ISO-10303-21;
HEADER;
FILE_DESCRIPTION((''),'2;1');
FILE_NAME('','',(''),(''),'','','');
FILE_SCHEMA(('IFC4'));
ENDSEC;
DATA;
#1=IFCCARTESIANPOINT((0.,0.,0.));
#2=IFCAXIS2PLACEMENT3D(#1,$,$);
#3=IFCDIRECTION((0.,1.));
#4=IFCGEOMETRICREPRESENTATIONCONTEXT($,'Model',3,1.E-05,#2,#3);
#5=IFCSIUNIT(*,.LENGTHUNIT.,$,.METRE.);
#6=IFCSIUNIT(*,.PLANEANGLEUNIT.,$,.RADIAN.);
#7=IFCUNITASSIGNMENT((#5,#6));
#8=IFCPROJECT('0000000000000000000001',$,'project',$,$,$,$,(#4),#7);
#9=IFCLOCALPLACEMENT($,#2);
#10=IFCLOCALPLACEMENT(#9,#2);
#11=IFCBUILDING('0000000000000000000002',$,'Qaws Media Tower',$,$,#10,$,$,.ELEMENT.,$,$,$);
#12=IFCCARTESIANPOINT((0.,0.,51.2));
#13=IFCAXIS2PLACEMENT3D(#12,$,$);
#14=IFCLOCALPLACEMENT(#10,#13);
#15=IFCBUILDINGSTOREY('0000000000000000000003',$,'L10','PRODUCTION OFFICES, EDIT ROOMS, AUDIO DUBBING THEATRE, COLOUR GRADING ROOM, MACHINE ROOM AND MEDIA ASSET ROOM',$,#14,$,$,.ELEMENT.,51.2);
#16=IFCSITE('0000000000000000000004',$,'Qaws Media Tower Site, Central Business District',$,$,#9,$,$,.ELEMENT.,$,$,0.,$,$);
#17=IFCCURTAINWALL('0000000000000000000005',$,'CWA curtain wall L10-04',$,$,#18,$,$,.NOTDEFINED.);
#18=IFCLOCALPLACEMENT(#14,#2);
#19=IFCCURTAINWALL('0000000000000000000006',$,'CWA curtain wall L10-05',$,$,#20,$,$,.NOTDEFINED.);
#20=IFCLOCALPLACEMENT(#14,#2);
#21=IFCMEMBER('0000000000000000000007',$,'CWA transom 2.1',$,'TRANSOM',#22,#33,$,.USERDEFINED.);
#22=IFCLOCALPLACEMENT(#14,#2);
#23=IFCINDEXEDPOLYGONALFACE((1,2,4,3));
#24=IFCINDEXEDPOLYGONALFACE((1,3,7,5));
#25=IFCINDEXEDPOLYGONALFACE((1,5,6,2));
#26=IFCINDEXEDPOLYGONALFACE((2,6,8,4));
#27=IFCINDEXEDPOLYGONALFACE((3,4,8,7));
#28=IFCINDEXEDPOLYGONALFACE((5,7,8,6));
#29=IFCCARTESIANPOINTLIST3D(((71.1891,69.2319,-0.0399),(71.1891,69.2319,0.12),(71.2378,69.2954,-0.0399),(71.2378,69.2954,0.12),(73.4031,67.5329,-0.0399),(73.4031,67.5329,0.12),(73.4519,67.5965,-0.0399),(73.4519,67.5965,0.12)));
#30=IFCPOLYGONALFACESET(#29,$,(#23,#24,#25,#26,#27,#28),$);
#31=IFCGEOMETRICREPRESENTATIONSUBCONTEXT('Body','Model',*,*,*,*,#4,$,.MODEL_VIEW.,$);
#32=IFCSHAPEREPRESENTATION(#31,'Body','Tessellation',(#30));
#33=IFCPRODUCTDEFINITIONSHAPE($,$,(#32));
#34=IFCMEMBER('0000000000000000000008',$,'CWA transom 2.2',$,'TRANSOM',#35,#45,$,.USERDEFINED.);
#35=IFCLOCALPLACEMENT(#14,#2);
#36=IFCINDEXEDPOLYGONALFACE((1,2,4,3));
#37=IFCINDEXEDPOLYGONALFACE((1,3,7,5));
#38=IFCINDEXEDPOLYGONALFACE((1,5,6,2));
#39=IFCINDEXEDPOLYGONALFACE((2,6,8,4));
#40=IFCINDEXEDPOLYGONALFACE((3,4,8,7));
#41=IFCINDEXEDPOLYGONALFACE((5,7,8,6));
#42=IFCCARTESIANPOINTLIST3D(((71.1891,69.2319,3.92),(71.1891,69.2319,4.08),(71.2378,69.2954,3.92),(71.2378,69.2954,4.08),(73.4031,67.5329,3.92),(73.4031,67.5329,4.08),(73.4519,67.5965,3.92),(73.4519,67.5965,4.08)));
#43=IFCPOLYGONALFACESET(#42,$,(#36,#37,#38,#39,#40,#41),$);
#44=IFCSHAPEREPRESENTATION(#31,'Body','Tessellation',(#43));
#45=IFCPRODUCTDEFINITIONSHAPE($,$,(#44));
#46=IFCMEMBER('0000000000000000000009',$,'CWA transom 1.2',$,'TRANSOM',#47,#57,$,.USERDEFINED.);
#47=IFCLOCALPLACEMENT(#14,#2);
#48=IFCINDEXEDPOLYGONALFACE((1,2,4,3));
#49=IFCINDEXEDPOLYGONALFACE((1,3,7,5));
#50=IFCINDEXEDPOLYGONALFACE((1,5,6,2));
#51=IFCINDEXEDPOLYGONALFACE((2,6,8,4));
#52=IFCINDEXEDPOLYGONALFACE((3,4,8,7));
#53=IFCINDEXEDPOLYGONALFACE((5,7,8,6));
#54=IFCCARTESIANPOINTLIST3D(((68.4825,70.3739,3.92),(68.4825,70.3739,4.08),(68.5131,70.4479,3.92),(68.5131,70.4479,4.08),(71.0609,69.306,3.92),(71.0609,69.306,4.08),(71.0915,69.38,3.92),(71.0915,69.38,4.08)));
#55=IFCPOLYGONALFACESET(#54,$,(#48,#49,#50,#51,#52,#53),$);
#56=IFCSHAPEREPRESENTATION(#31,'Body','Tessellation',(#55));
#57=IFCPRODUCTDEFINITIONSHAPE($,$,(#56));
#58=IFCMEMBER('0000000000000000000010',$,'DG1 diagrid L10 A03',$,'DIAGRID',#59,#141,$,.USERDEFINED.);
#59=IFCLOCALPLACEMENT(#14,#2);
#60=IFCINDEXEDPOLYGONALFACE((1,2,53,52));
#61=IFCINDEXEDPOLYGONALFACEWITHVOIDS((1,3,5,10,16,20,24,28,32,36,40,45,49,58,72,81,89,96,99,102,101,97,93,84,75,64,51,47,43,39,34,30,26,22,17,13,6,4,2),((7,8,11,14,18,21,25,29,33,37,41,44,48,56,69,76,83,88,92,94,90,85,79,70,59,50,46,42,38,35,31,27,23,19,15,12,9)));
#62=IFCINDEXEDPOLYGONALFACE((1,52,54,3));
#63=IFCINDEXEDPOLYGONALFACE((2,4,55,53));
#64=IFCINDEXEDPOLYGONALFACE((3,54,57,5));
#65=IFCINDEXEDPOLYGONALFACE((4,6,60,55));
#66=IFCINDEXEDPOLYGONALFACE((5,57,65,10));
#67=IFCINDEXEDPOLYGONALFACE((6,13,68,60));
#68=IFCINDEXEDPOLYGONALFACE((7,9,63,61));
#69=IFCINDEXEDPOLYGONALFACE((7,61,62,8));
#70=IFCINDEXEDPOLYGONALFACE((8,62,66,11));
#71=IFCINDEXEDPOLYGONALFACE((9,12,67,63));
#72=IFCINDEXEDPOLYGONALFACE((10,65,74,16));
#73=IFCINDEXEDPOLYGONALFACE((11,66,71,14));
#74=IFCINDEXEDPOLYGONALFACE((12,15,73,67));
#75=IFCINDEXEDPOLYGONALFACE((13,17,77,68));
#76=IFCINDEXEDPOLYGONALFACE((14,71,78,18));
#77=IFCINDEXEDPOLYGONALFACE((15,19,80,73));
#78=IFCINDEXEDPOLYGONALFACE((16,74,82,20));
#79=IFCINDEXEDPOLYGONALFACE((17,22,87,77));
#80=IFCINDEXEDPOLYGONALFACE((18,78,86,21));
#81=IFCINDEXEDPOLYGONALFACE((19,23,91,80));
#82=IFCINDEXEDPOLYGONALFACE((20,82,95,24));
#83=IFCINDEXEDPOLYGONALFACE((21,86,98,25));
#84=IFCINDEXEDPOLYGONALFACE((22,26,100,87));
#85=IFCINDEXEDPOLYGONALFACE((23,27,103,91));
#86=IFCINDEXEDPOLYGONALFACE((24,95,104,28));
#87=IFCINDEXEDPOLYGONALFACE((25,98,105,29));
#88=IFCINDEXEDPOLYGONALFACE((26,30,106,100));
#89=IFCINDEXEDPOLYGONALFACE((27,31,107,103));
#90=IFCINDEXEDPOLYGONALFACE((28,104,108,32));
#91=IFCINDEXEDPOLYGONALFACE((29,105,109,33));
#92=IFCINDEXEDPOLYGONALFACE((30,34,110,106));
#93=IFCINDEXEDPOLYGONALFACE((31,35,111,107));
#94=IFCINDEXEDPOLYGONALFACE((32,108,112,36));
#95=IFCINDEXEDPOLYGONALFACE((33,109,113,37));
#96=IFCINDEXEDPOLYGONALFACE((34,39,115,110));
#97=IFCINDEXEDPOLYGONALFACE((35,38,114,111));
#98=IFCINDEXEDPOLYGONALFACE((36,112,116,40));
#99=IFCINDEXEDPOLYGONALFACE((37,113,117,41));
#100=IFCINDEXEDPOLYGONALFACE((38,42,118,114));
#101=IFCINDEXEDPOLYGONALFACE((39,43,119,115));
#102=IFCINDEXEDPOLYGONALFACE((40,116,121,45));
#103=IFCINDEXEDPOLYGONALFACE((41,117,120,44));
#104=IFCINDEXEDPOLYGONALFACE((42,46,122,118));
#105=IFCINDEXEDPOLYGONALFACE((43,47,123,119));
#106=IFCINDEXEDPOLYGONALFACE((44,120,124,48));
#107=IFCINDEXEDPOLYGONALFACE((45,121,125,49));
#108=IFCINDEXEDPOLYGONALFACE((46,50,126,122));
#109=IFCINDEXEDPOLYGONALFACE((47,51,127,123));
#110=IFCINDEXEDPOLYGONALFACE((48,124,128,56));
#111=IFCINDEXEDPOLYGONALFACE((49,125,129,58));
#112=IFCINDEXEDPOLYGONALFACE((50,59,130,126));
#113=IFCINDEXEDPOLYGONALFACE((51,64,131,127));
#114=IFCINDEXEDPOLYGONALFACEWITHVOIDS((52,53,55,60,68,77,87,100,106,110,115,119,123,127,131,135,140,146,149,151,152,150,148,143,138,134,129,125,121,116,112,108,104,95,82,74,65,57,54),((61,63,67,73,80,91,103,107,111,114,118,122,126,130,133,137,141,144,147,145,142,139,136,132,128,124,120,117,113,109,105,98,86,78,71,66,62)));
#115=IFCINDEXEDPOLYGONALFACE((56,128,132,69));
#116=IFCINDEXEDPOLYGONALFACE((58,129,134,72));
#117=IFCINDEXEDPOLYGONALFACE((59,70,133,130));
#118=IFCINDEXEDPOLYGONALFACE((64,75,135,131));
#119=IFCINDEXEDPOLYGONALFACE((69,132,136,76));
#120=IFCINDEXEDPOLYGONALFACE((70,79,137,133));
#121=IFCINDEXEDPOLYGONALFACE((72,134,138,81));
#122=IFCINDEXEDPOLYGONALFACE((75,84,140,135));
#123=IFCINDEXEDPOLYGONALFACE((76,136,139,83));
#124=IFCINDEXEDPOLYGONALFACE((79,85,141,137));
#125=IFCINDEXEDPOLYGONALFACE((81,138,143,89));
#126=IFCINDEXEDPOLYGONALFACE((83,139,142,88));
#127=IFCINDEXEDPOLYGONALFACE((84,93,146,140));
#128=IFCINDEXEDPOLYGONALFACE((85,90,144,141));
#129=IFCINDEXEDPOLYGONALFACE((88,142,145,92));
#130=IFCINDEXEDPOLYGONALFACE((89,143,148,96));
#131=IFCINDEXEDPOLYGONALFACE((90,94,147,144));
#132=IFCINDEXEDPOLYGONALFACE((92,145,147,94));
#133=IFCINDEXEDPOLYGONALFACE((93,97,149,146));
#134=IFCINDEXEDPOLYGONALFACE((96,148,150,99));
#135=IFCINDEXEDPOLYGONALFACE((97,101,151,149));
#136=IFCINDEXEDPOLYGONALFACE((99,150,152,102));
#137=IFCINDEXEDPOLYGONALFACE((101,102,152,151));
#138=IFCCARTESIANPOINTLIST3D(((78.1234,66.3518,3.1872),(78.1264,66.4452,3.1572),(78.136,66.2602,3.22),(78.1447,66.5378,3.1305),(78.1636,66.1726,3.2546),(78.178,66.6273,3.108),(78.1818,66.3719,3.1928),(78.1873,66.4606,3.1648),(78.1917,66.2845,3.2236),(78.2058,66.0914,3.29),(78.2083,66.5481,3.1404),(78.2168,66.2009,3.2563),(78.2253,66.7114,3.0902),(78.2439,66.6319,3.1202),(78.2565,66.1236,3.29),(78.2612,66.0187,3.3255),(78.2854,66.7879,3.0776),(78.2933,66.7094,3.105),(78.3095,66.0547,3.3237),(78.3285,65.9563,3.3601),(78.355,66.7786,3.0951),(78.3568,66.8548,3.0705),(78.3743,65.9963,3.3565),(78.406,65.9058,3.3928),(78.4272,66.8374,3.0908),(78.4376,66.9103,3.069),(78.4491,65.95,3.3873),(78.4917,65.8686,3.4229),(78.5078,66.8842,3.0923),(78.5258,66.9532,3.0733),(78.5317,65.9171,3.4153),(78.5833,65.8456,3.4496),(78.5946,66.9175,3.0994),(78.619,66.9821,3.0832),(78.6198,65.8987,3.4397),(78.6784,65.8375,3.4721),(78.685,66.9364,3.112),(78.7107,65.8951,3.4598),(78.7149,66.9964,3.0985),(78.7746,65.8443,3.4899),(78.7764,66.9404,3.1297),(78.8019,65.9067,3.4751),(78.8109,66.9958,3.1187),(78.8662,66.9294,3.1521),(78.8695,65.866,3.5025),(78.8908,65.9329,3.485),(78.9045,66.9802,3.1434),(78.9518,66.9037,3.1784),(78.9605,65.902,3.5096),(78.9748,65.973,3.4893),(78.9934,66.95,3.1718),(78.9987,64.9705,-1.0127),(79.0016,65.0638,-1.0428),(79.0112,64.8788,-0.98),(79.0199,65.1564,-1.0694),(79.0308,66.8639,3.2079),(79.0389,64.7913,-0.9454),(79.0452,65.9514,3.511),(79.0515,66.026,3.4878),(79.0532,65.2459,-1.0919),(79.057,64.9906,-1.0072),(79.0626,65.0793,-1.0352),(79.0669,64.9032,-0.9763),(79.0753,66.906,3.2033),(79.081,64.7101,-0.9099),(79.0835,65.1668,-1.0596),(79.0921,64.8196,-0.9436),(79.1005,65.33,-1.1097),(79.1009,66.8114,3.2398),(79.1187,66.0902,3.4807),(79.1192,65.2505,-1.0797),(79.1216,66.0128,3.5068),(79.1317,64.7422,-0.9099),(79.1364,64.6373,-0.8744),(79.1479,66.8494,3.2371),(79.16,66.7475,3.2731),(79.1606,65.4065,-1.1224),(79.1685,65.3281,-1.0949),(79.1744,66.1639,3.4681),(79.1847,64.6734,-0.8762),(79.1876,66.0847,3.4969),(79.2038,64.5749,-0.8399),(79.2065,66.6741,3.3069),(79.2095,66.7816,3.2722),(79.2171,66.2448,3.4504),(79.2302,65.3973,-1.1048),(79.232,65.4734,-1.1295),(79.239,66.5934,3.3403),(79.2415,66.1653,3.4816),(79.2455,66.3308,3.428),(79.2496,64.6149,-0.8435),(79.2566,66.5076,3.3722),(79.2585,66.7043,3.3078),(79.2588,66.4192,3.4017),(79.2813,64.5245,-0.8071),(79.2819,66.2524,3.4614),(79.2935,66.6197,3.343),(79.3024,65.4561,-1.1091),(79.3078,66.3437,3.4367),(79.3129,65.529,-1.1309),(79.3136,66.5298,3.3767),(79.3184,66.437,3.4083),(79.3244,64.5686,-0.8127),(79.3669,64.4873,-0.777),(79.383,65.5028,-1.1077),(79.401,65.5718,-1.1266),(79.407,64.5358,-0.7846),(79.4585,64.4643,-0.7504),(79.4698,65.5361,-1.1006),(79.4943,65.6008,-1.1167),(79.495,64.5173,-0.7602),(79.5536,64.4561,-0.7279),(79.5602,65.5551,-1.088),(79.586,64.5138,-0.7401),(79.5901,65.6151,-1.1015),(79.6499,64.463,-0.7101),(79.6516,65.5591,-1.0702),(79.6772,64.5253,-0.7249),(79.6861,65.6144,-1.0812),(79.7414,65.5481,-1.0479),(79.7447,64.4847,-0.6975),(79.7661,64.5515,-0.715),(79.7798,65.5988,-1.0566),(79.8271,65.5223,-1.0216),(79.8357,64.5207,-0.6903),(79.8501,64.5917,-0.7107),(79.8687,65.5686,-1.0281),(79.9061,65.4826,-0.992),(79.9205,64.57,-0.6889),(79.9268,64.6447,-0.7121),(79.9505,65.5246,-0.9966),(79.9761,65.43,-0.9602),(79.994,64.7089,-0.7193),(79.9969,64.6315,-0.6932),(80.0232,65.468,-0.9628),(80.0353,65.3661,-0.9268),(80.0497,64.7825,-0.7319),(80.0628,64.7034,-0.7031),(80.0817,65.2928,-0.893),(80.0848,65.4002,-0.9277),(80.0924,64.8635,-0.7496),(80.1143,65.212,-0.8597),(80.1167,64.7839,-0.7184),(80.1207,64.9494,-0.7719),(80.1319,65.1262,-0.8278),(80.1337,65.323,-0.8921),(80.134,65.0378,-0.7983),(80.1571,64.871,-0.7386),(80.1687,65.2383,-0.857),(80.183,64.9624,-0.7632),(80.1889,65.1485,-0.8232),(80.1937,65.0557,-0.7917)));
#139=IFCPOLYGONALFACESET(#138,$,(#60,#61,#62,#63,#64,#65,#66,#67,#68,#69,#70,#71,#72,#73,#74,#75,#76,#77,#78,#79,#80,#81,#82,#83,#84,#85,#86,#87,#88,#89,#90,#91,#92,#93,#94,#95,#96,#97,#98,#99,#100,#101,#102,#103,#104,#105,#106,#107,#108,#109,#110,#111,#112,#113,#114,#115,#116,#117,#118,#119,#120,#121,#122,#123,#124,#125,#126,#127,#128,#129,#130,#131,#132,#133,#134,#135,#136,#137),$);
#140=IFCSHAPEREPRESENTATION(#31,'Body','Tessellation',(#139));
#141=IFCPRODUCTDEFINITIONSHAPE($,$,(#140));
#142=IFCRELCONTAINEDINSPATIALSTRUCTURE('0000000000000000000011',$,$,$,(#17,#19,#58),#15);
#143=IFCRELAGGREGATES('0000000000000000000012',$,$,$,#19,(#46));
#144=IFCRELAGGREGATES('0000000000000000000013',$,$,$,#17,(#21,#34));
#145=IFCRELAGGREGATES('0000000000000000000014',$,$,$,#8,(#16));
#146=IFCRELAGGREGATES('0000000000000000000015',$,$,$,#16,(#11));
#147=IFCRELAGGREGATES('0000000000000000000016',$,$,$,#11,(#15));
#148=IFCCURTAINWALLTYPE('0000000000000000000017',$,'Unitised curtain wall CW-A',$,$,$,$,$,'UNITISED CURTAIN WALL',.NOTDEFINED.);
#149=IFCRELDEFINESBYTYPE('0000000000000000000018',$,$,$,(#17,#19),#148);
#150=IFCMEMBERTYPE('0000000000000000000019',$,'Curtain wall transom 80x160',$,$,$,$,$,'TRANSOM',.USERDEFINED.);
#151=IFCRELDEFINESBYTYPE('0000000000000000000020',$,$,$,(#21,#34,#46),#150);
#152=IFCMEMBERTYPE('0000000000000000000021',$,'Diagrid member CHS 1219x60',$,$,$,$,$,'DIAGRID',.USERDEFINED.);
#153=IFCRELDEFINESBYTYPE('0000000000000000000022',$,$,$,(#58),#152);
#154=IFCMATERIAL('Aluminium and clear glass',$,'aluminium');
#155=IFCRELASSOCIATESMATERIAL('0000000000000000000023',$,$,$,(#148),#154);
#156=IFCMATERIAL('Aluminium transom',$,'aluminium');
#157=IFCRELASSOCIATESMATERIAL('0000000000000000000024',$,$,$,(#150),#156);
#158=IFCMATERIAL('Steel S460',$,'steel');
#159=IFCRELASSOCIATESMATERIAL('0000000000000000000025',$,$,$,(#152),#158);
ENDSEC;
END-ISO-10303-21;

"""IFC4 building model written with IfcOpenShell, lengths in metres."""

from ifc_helpers import new_model, si_unit, direction, frame, origin, origin_2d, place, context, subcontext, project, spatial, rectangle, hollow_circle, extrude, material, material_profile, profile_set, type_object, element, aggregate, save


model = new_model("IFC4")

# Units and contexts
model_context = context("Model", 3, precision=1e-05, world=origin(), true_north=direction((0.0, 1.0)))
body_context = subcontext(model_context, "Body", "Model", "MODEL_VIEW")
ifc_project = project(units=[si_unit("LENGTHUNIT", "METRE"), si_unit("PLANEANGLEUNIT", "RADIAN")], contexts=[model_context])

# Site, building, storey
site_placement = place(None, origin())
site = spatial("IfcSite", under=ifc_project, at=site_placement, Name="Qaws Media Tower Site, Central Business District", CompositionType="ELEMENT", RefElevation=0.0)
building_placement = place(site_placement, origin())
building = spatial("IfcBuilding", under=site, at=building_placement, Name="Qaws Media Tower", CompositionType="ELEMENT")
storey_placement = place(building_placement, frame((0.0, 0.0, 51.2)))
storey = spatial("IfcBuildingStorey", under=building, at=storey_placement, Name="L10", Description="PRODUCTION OFFICES, EDIT ROOMS, AUDIO DUBBING THEATRE, COLOUR GRADING ROOM, MACHINE ROOM AND MEDIA ASSET ROOM", CompositionType="ELEMENT", Elevation=51.2)

# Shared definitions
ifc_material_1 = material(Name="Aluminium and clear glass", Category="aluminium")
curtain_wall_type = type_object("IfcCurtainWallType", Name="Unitised curtain wall CW-A", ElementType="UNITISED CURTAIN WALL", PredefinedType="NOTDEFINED", material=ifc_material_1)

# Curtain wall
curtain_wall_1_placement = place(storey_placement, origin())
curtain_wall_1 = element("IfcCurtainWall", 1, at=curtain_wall_1_placement, inside=storey, type_object=curtain_wall_type, Name="CWA curtain wall L10-04", PredefinedType="NOTDEFINED")

# Curtain wall
curtain_wall_2_placement = place(storey_placement, origin())
curtain_wall_2 = element("IfcCurtainWall", 2, at=curtain_wall_2_placement, inside=storey, type_object=curtain_wall_type, Name="CWA curtain wall L10-05", PredefinedType="NOTDEFINED")

# Members
ifc_material_2 = material(Name="Aluminium transom", Category="aluminium")
ifc_material_profile_1 = material_profile(ifc_material_2, rectangle(XDim=0.0801, YDim=0.1599, at=origin_2d()), Name="80x160")
ifc_profile_set_1 = profile_set([ifc_material_profile_1], Name="Aluminium transom")
member_type_1 = type_object("IfcMemberType", Name="Curtain wall transom 80x160", ElementType="TRANSOM", PredefinedType="USERDEFINED", material=ifc_profile_set_1)
member_1_placement = place(storey_placement, frame((73.4275, 67.5647, 0.04), z_axis=(-0.793349, 0.608768, 0.0), x_axis=(-0.608768, -0.793349, 0.0)))
member_1 = element("IfcMember", 3, at=member_1_placement, type_object=member_type_1, Name="CWA transom 2.1", ObjectType="TRANSOM", PredefinedType="USERDEFINED", context=body_context, shape_type="SweptSolid", body=[
    extrude(rectangle(XDim=0.0801, YDim=0.1599, at=origin_2d()), origin(), (0.0, 0.0, 1.0), 2.7908),
])
member_2_placement = place(storey_placement, frame((73.4275, 67.5647, 4.0), z_axis=(-0.793349, 0.608768, 0.0), x_axis=(-0.608768, -0.793349, 0.0)))
member_2 = element("IfcMember", 4, at=member_2_placement, type_object=member_type_1, Name="CWA transom 2.2", ObjectType="TRANSOM", PredefinedType="USERDEFINED", context=body_context, shape_type="SweptSolid", body=[
    extrude(rectangle(XDim=0.0801, YDim=0.1599, at=origin_2d()), origin(), (0.0, 0.0, 1.0), 2.7908),
])
member_3_placement = place(storey_placement, frame((71.0762, 69.343, 4.0), z_axis=(-0.923895, 0.382645, 0.0), x_axis=(-0.382645, -0.923895, 0.0)))
member_3 = element("IfcMember", 5, at=member_3_placement, type_object=member_type_1, Name="CWA transom 1.2", ObjectType="TRANSOM", PredefinedType="USERDEFINED", context=body_context, shape_type="SweptSolid", body=[
    extrude(rectangle(XDim=0.0801, YDim=0.1599, at=origin_2d()), origin(), (0.0, 0.0, 1.0), 2.7908),
])
aggregate(curtain_wall_2, [member_3])

# Member
ifc_material_3 = material(Name="Steel S460", Category="steel")
ifc_material_profile_2 = material_profile(ifc_material_3, hollow_circle(Radius=0.6096, WallThickness=0.0601, at=origin_2d()), Name="CHS 1219x60")
ifc_profile_set_2 = profile_set([ifc_material_profile_2], Name="Steel S460")
member_type_2 = type_object("IfcMemberType", Name="Diagrid member CHS 1219x60", ElementType="DIAGRID", PredefinedType="USERDEFINED", material=ifc_profile_set_2)
for number, where, z_axis, x_axis, name in (
    (6, (79.5959, 65.0364, -0.9099), (-0.194193, 0.306484, 0.931857), (-0.844711, -0.535223, 0.0), "DG1 diagrid L10 A03"),
):
    element("IfcMember", number, at=place(storey_placement, frame(where, z_axis=z_axis, x_axis=x_axis)), inside=storey, type_object=member_type_2, Name=name, ObjectType="DIAGRID", PredefinedType="USERDEFINED", context=body_context, shape_type="SweptSolid", body=[
        extrude(hollow_circle(Radius=0.6096, WallThickness=0.0601, at=origin_2d()), origin(), (0.0, 0.0, 1.0), 4.5071),
    ])

aggregate(curtain_wall_1, [member_1, member_2])

save(model, "model.ifc")
